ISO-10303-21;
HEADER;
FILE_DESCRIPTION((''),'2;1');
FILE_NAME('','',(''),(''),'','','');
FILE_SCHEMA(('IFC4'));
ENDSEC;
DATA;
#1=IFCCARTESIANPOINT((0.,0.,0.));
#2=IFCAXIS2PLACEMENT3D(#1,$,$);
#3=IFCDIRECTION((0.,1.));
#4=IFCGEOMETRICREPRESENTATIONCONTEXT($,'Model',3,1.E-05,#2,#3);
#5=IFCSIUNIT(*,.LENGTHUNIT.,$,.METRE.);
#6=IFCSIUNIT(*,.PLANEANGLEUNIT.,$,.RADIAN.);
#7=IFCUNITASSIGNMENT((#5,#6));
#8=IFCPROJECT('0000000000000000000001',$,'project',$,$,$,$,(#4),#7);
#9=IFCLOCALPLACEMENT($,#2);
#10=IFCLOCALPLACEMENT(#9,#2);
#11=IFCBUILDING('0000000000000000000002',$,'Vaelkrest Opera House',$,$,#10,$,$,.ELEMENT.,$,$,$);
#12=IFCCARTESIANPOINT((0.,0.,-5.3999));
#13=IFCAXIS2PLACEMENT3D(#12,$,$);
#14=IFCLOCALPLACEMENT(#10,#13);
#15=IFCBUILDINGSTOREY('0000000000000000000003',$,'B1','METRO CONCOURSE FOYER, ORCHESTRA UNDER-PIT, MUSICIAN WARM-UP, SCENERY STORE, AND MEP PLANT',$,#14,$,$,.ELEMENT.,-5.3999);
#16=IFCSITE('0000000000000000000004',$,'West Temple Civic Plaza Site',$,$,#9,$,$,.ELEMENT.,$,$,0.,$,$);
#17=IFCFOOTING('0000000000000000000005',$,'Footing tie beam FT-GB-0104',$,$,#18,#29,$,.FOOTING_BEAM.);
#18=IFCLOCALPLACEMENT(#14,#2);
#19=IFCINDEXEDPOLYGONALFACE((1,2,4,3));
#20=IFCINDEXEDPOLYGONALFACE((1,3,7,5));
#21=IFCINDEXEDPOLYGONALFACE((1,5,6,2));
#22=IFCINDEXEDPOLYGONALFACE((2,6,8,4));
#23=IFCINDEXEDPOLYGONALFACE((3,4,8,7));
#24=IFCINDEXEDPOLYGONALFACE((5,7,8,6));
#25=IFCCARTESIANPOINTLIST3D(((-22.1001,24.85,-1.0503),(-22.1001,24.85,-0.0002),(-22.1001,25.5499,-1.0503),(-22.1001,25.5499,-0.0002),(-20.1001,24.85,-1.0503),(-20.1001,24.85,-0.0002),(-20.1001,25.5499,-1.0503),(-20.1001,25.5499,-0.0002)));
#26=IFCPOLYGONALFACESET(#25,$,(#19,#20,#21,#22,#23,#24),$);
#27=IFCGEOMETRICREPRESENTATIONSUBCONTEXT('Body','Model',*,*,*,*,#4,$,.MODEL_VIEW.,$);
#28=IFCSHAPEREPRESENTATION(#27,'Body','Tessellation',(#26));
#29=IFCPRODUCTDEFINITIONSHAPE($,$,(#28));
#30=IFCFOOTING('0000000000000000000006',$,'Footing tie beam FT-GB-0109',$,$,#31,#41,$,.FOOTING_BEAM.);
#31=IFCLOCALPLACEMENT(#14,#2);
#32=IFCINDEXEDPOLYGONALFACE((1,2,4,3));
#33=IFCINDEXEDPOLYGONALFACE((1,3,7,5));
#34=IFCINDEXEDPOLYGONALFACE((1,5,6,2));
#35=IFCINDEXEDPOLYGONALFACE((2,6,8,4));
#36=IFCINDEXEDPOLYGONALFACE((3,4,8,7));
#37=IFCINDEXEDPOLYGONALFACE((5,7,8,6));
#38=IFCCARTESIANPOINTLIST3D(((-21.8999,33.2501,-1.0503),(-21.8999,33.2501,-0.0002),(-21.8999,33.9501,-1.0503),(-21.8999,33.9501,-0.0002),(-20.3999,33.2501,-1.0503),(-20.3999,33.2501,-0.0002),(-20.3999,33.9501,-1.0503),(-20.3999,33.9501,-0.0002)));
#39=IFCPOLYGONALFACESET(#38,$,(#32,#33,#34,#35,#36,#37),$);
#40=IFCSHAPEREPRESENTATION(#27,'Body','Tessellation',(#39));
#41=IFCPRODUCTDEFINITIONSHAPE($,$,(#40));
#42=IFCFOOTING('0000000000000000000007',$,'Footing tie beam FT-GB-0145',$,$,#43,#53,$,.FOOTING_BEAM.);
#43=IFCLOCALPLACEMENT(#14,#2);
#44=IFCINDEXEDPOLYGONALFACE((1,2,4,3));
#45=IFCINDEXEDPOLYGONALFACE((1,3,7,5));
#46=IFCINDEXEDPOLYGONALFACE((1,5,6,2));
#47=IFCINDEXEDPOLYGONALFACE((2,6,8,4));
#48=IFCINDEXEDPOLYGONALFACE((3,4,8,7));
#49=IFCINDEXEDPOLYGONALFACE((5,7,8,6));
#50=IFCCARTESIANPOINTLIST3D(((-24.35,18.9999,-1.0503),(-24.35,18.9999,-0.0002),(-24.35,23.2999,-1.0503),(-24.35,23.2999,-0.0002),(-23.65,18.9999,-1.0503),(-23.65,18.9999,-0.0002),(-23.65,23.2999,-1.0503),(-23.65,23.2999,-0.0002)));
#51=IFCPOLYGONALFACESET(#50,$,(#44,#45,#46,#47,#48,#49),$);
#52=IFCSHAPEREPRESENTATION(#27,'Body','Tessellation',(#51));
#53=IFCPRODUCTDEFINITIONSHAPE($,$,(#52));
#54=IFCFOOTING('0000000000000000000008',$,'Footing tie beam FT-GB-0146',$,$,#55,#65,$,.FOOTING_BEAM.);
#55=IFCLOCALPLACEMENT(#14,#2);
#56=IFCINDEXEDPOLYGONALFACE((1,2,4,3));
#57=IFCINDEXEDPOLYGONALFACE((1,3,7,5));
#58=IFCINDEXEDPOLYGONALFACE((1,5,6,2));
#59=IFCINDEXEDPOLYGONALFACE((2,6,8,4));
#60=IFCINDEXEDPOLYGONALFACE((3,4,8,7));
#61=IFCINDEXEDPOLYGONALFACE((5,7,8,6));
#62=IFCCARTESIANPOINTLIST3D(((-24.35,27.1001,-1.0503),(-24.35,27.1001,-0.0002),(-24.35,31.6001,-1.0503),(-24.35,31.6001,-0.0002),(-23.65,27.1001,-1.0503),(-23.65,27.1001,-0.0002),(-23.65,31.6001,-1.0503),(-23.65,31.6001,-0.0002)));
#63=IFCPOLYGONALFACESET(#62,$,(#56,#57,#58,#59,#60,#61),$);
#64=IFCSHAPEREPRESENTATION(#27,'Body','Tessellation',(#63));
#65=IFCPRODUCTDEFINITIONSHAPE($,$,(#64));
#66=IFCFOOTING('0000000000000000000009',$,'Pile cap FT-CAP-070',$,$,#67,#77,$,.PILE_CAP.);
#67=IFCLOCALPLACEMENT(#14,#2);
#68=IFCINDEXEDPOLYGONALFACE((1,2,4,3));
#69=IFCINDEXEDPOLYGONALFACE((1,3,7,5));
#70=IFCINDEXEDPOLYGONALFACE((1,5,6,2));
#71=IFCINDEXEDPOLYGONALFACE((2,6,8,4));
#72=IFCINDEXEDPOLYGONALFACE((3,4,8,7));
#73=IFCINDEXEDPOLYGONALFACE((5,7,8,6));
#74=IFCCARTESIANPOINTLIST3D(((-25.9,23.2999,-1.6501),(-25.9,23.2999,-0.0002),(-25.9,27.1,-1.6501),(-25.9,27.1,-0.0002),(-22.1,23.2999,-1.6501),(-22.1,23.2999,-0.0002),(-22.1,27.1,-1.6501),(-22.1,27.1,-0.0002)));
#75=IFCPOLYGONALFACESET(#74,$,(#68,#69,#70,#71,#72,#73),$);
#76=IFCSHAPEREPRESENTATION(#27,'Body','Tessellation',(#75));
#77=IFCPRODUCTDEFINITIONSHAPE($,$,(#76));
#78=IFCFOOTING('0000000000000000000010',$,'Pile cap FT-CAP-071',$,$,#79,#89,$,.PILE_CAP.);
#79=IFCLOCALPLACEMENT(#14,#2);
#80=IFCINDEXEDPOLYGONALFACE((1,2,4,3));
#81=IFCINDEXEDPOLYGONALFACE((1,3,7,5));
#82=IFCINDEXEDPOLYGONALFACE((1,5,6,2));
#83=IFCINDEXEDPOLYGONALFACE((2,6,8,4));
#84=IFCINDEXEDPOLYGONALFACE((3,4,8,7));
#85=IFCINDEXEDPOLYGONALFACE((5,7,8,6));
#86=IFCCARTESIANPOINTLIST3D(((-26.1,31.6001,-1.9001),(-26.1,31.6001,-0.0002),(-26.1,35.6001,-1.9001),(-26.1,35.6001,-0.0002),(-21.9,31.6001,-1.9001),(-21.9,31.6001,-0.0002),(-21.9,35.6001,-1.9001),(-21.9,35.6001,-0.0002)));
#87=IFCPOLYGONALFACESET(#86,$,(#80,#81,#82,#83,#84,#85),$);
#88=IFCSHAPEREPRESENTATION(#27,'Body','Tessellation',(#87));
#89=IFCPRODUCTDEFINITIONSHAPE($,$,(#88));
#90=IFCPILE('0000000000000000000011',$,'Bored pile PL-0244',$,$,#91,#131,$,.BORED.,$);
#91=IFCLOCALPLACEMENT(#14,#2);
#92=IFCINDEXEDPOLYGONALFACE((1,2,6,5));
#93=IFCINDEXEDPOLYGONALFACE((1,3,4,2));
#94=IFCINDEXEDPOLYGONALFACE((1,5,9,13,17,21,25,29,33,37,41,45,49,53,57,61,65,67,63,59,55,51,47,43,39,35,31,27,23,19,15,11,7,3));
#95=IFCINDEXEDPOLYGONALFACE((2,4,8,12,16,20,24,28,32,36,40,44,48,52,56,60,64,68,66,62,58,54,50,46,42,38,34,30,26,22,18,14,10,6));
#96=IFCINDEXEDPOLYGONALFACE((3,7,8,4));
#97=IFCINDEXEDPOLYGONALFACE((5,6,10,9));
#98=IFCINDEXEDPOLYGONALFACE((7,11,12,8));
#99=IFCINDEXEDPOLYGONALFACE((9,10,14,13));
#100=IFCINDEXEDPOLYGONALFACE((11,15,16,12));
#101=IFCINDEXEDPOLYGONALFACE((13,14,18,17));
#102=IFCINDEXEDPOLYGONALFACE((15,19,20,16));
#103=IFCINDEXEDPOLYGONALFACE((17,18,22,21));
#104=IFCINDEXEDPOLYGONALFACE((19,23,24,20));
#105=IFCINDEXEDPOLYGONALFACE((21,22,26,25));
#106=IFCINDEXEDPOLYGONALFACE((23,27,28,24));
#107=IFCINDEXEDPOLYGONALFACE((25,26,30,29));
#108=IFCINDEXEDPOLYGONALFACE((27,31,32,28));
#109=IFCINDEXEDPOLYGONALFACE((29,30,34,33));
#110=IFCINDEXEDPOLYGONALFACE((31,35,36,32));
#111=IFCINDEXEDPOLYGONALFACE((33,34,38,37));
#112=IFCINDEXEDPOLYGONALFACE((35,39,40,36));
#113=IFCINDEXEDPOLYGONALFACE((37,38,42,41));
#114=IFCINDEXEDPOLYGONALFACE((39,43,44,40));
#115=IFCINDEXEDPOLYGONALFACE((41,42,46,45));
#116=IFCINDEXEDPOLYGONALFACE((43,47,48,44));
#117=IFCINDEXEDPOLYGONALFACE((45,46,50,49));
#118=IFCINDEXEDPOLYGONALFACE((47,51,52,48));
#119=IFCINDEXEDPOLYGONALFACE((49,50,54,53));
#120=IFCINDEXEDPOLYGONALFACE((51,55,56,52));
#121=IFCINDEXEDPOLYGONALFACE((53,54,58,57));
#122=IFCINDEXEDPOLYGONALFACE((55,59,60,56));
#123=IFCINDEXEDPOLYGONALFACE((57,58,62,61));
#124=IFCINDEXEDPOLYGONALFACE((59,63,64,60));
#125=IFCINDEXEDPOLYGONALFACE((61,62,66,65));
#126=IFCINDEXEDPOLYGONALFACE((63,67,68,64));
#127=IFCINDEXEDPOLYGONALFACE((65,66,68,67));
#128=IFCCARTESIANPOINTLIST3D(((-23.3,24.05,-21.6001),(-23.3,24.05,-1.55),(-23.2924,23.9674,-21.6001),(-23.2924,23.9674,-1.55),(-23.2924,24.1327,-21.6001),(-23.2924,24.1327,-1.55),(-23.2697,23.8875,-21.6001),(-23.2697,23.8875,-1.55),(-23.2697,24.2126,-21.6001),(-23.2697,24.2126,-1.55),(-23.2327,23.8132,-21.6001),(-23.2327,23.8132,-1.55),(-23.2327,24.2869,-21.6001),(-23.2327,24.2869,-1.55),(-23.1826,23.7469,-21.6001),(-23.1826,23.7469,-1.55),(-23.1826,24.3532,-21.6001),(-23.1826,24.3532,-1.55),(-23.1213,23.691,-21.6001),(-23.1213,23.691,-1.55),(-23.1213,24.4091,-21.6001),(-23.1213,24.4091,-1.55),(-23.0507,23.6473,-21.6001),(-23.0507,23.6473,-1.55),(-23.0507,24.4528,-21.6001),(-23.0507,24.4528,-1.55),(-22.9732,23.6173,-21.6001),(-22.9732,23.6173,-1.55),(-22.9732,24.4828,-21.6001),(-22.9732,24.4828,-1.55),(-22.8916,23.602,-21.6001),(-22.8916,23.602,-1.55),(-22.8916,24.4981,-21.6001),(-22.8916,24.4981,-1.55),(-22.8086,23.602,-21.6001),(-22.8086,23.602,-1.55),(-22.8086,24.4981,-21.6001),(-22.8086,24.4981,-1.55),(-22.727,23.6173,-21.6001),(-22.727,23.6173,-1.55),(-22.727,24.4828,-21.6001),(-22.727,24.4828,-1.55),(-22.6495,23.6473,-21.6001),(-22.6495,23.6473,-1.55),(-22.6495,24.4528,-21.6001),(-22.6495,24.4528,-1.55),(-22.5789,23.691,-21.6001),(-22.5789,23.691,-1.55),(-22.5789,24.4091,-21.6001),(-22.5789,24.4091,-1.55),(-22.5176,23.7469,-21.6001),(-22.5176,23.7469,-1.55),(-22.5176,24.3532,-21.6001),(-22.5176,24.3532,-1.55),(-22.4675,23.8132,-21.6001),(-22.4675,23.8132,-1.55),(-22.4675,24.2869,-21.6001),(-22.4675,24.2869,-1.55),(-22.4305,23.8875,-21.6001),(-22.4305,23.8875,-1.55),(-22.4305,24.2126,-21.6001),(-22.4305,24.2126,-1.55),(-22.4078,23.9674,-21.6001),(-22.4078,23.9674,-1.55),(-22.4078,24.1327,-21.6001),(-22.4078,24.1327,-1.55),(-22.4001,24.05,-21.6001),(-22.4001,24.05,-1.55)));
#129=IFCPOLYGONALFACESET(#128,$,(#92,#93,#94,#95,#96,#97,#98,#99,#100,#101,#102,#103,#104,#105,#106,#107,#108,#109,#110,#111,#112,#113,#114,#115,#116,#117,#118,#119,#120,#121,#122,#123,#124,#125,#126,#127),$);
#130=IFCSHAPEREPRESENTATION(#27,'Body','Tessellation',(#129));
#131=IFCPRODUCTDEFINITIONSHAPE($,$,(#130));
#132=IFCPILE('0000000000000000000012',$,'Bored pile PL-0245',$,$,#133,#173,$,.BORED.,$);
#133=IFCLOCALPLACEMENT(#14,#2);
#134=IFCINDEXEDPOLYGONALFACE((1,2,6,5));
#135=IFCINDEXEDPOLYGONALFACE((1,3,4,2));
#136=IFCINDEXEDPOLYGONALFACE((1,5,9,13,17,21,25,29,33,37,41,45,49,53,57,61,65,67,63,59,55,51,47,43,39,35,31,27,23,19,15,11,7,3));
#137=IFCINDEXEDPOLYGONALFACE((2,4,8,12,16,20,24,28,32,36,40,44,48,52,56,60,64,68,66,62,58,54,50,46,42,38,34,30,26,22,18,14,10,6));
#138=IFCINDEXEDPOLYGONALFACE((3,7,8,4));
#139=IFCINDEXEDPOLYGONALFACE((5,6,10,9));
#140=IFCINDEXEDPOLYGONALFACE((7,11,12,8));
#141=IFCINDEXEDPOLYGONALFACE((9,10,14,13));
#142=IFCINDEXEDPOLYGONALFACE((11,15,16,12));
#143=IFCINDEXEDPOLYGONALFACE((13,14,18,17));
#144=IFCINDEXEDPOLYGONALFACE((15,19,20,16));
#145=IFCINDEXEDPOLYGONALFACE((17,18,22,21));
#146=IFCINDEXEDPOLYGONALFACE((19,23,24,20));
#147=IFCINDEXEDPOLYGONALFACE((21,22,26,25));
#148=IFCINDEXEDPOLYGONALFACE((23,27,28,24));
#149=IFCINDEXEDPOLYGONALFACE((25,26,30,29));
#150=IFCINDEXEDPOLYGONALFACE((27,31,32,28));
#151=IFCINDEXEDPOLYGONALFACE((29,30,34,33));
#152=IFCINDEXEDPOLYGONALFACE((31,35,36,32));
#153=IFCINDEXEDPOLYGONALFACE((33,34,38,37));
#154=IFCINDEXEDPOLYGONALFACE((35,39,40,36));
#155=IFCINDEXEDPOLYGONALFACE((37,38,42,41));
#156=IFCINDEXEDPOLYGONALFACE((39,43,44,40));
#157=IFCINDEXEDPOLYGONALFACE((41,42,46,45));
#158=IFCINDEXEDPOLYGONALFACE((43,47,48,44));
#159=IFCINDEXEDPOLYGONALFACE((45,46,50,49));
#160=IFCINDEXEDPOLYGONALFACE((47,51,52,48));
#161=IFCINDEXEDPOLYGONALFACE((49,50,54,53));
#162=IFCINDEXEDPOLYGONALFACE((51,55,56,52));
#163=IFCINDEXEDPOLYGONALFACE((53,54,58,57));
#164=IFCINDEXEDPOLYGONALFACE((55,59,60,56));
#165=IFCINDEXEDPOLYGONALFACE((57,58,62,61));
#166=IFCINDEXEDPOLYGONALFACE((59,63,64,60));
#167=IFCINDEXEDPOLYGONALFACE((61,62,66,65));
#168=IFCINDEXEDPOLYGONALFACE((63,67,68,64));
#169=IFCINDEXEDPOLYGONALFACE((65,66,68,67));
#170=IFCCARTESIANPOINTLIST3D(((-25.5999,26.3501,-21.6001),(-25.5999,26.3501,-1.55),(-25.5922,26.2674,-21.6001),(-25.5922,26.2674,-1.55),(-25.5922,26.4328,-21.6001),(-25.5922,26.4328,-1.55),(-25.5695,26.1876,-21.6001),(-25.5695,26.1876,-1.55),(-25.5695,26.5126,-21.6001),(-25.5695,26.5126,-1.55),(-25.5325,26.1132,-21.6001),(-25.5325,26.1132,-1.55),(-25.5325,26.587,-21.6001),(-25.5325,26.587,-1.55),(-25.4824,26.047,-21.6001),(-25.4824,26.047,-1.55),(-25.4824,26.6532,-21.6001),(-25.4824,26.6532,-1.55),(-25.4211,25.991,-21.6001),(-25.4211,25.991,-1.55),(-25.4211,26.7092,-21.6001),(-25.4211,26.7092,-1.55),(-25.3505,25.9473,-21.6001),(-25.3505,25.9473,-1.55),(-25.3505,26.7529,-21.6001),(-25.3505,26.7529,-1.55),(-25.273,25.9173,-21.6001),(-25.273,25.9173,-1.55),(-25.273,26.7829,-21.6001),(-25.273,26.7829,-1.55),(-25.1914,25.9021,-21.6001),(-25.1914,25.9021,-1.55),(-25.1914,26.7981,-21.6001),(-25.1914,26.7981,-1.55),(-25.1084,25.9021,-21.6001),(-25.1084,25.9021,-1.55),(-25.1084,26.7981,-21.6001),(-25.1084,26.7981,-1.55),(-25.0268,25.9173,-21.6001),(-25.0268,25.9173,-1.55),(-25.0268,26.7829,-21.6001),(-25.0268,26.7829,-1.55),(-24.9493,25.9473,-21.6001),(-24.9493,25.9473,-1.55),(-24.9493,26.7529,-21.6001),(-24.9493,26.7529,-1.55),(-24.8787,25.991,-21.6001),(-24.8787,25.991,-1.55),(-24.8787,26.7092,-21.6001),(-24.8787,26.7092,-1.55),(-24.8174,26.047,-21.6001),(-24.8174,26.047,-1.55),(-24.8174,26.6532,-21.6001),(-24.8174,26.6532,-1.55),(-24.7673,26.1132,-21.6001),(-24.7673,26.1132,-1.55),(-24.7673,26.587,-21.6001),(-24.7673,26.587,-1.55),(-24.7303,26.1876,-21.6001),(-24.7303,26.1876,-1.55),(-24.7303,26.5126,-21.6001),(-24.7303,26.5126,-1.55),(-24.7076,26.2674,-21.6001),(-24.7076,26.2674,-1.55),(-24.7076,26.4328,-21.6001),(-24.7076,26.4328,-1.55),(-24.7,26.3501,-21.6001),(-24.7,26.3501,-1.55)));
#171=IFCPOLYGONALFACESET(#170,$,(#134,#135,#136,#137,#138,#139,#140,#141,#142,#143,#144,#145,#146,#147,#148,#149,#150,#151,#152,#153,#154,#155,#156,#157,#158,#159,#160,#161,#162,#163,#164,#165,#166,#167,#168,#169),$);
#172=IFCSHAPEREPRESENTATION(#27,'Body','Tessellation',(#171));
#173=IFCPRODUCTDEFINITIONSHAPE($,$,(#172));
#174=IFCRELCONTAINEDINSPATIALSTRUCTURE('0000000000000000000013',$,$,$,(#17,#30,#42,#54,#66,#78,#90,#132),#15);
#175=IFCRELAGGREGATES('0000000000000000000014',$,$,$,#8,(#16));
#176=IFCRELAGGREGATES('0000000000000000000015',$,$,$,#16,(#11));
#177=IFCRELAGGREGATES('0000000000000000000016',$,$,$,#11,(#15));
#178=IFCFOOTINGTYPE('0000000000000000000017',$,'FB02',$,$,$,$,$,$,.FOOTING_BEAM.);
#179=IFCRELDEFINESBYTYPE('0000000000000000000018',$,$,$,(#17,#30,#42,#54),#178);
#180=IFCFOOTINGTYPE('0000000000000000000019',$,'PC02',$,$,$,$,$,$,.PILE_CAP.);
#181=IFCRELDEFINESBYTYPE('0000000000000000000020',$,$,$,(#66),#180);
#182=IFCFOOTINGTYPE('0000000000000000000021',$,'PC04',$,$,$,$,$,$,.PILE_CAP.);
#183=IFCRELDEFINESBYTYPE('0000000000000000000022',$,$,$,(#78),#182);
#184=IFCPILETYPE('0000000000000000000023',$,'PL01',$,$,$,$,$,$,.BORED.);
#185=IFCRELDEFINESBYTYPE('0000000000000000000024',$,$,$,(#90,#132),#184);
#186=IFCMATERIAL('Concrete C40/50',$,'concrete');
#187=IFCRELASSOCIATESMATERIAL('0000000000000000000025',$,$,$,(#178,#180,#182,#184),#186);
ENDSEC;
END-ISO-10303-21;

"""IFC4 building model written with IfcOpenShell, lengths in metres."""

from ifc_helpers import new_model, si_unit, direction, frame, origin, origin_2d, place, context, subcontext, project, spatial, rectangle, circle, extrude, material, material_profile, profile_set, type_object, element, save


model = new_model("IFC4")

# Units and contexts
model_context = context("Model", 3, precision=1e-05, world=origin(), true_north=direction((0.0, 1.0)))
body_context = subcontext(model_context, "Body", "Model", "MODEL_VIEW")
ifc_project = project(units=[si_unit("LENGTHUNIT", "METRE"), si_unit("PLANEANGLEUNIT", "RADIAN")], contexts=[model_context])

# Site, building, storey
site_placement = place(None, origin())
site = spatial("IfcSite", under=ifc_project, at=site_placement, Name="West Temple Civic Plaza Site", CompositionType="ELEMENT", RefElevation=0.0)
building_placement = place(site_placement, origin())
building = spatial("IfcBuilding", under=site, at=building_placement, Name="Vaelkrest Opera House", CompositionType="ELEMENT")
storey_placement = place(building_placement, frame((0.0, 0.0, -5.3999)))
storey = spatial("IfcBuildingStorey", under=building, at=storey_placement, Name="B1", Description="METRO CONCOURSE FOYER, ORCHESTRA UNDER-PIT, MUSICIAN WARM-UP, SCENERY STORE, AND MEP PLANT", CompositionType="ELEMENT", Elevation=-5.3999)

# Footings
ifc_material_1 = material(Name="Concrete C40/50", Category="concrete")
footing_type_1 = type_object("IfcFootingType", Name="FB02", PredefinedType="FOOTING_BEAM", material=ifc_material_1)
footing_1_placement = place(storey_placement, frame((-21.1001, 25.2, -1.0503), z_axis=(0.0, 0.0, 1.0), x_axis=(1.0, 0.0, 0.0)))
element("IfcFooting", 1, at=footing_1_placement, inside=storey, type_object=footing_type_1, Name="Footing tie beam FT-GB-0104", PredefinedType="FOOTING_BEAM", context=body_context, shape_type="SweptSolid", body=[
    extrude(rectangle(XDim=2.0, YDim=0.7, at=origin_2d()), origin(), (0.0, 0.0, 1.0), 1.05),
])
footing_2_placement = place(storey_placement, frame((-21.1499, 33.6001, -1.0503), z_axis=(0.0, 0.0, 1.0), x_axis=(1.0, 0.0, 0.0)))
element("IfcFooting", 2, at=footing_2_placement, inside=storey, type_object=footing_type_1, Name="Footing tie beam FT-GB-0109", PredefinedType="FOOTING_BEAM", context=body_context, shape_type="SweptSolid", body=[
    extrude(rectangle(XDim=1.5, YDim=0.7, at=origin_2d()), origin(), (0.0, 0.0, 1.0), 1.05),
])
footing_3_placement = place(storey_placement, frame((-24.0, 21.1499, -1.0503), z_axis=(0.0, 0.0, 1.0), x_axis=(0.0, 1.0, 0.0)))
element("IfcFooting", 3, at=footing_3_placement, inside=storey, type_object=footing_type_1, Name="Footing tie beam FT-GB-0145", PredefinedType="FOOTING_BEAM", context=body_context, shape_type="SweptSolid", body=[
    extrude(rectangle(XDim=4.3, YDim=0.7, at=origin_2d()), origin(), (0.0, 0.0, 1.0), 1.05),
])
footing_4_placement = place(storey_placement, frame((-24.0, 29.3501, -1.0503), z_axis=(0.0, 0.0, 1.0), x_axis=(0.0, 1.0, 0.0)))
element("IfcFooting", 4, at=footing_4_placement, inside=storey, type_object=footing_type_1, Name="Footing tie beam FT-GB-0146", PredefinedType="FOOTING_BEAM", context=body_context, shape_type="SweptSolid", body=[
    extrude(rectangle(XDim=4.5, YDim=0.7, at=origin_2d()), origin(), (0.0, 0.0, 1.0), 1.05),
])
footing_type_2 = type_object("IfcFootingType", Name="PC02", PredefinedType="PILE_CAP", material=ifc_material_1)
footing_5_placement = place(storey_placement, frame((-24.0, 25.2, -1.6501), z_axis=(0.0, 0.0, 1.0), x_axis=(1.0, 0.0, 0.0)))
element("IfcFooting", 5, at=footing_5_placement, inside=storey, type_object=footing_type_2, Name="Pile cap FT-CAP-070", PredefinedType="PILE_CAP", context=body_context, shape_type="SweptSolid", body=[
    extrude(rectangle(XDim=3.8, YDim=3.8, at=origin_2d()), origin(), (0.0, 0.0, 1.0), 1.6499),
])
footing_type_3 = type_object("IfcFootingType", Name="PC04", PredefinedType="PILE_CAP", material=ifc_material_1)
footing_6_placement = place(storey_placement, frame((-24.0, 33.6001, -1.9001), z_axis=(0.0, 0.0, 1.0), x_axis=(1.0, 0.0, 0.0)))
element("IfcFooting", 6, at=footing_6_placement, inside=storey, type_object=footing_type_3, Name="Pile cap FT-CAP-071", PredefinedType="PILE_CAP", context=body_context, shape_type="SweptSolid", body=[
    extrude(rectangle(XDim=4.2, YDim=4.0, at=origin_2d()), origin(), (0.0, 0.0, 1.0), 1.8999),
])

# Piles
ifc_material_profile_1 = material_profile(ifc_material_1, circle(Radius=0.45, at=origin_2d()), Name="PILE900")
ifc_profile_set_1 = profile_set([ifc_material_profile_1], Name="Concrete C40/50")
pile_type_1 = type_object("IfcPileType", Name="PL01", PredefinedType="BORED", material=ifc_profile_set_1)
for number, where, z_axis, x_axis, name in (
    (7, (-22.8501, 24.05, -1.55), (0.0, 0.0, -1.0), (1.0, 0.0, 0.0), "Bored pile PL-0244"),
    (8, (-25.1499, 26.3501, -1.55), (0.0, 0.0, -1.0), (1.0, 0.0, 0.0), "Bored pile PL-0245"),
):
    element("IfcPile", number, at=place(storey_placement, frame(where, z_axis=z_axis, x_axis=x_axis)), inside=storey, type_object=pile_type_1, Name=name, PredefinedType="BORED", context=body_context, shape_type="SweptSolid", body=[
        extrude(circle(Radius=0.45, at=origin_2d()), origin(), (0.0, 0.0, 1.0), 20.05),
    ])

save(model, "model.ifc")
